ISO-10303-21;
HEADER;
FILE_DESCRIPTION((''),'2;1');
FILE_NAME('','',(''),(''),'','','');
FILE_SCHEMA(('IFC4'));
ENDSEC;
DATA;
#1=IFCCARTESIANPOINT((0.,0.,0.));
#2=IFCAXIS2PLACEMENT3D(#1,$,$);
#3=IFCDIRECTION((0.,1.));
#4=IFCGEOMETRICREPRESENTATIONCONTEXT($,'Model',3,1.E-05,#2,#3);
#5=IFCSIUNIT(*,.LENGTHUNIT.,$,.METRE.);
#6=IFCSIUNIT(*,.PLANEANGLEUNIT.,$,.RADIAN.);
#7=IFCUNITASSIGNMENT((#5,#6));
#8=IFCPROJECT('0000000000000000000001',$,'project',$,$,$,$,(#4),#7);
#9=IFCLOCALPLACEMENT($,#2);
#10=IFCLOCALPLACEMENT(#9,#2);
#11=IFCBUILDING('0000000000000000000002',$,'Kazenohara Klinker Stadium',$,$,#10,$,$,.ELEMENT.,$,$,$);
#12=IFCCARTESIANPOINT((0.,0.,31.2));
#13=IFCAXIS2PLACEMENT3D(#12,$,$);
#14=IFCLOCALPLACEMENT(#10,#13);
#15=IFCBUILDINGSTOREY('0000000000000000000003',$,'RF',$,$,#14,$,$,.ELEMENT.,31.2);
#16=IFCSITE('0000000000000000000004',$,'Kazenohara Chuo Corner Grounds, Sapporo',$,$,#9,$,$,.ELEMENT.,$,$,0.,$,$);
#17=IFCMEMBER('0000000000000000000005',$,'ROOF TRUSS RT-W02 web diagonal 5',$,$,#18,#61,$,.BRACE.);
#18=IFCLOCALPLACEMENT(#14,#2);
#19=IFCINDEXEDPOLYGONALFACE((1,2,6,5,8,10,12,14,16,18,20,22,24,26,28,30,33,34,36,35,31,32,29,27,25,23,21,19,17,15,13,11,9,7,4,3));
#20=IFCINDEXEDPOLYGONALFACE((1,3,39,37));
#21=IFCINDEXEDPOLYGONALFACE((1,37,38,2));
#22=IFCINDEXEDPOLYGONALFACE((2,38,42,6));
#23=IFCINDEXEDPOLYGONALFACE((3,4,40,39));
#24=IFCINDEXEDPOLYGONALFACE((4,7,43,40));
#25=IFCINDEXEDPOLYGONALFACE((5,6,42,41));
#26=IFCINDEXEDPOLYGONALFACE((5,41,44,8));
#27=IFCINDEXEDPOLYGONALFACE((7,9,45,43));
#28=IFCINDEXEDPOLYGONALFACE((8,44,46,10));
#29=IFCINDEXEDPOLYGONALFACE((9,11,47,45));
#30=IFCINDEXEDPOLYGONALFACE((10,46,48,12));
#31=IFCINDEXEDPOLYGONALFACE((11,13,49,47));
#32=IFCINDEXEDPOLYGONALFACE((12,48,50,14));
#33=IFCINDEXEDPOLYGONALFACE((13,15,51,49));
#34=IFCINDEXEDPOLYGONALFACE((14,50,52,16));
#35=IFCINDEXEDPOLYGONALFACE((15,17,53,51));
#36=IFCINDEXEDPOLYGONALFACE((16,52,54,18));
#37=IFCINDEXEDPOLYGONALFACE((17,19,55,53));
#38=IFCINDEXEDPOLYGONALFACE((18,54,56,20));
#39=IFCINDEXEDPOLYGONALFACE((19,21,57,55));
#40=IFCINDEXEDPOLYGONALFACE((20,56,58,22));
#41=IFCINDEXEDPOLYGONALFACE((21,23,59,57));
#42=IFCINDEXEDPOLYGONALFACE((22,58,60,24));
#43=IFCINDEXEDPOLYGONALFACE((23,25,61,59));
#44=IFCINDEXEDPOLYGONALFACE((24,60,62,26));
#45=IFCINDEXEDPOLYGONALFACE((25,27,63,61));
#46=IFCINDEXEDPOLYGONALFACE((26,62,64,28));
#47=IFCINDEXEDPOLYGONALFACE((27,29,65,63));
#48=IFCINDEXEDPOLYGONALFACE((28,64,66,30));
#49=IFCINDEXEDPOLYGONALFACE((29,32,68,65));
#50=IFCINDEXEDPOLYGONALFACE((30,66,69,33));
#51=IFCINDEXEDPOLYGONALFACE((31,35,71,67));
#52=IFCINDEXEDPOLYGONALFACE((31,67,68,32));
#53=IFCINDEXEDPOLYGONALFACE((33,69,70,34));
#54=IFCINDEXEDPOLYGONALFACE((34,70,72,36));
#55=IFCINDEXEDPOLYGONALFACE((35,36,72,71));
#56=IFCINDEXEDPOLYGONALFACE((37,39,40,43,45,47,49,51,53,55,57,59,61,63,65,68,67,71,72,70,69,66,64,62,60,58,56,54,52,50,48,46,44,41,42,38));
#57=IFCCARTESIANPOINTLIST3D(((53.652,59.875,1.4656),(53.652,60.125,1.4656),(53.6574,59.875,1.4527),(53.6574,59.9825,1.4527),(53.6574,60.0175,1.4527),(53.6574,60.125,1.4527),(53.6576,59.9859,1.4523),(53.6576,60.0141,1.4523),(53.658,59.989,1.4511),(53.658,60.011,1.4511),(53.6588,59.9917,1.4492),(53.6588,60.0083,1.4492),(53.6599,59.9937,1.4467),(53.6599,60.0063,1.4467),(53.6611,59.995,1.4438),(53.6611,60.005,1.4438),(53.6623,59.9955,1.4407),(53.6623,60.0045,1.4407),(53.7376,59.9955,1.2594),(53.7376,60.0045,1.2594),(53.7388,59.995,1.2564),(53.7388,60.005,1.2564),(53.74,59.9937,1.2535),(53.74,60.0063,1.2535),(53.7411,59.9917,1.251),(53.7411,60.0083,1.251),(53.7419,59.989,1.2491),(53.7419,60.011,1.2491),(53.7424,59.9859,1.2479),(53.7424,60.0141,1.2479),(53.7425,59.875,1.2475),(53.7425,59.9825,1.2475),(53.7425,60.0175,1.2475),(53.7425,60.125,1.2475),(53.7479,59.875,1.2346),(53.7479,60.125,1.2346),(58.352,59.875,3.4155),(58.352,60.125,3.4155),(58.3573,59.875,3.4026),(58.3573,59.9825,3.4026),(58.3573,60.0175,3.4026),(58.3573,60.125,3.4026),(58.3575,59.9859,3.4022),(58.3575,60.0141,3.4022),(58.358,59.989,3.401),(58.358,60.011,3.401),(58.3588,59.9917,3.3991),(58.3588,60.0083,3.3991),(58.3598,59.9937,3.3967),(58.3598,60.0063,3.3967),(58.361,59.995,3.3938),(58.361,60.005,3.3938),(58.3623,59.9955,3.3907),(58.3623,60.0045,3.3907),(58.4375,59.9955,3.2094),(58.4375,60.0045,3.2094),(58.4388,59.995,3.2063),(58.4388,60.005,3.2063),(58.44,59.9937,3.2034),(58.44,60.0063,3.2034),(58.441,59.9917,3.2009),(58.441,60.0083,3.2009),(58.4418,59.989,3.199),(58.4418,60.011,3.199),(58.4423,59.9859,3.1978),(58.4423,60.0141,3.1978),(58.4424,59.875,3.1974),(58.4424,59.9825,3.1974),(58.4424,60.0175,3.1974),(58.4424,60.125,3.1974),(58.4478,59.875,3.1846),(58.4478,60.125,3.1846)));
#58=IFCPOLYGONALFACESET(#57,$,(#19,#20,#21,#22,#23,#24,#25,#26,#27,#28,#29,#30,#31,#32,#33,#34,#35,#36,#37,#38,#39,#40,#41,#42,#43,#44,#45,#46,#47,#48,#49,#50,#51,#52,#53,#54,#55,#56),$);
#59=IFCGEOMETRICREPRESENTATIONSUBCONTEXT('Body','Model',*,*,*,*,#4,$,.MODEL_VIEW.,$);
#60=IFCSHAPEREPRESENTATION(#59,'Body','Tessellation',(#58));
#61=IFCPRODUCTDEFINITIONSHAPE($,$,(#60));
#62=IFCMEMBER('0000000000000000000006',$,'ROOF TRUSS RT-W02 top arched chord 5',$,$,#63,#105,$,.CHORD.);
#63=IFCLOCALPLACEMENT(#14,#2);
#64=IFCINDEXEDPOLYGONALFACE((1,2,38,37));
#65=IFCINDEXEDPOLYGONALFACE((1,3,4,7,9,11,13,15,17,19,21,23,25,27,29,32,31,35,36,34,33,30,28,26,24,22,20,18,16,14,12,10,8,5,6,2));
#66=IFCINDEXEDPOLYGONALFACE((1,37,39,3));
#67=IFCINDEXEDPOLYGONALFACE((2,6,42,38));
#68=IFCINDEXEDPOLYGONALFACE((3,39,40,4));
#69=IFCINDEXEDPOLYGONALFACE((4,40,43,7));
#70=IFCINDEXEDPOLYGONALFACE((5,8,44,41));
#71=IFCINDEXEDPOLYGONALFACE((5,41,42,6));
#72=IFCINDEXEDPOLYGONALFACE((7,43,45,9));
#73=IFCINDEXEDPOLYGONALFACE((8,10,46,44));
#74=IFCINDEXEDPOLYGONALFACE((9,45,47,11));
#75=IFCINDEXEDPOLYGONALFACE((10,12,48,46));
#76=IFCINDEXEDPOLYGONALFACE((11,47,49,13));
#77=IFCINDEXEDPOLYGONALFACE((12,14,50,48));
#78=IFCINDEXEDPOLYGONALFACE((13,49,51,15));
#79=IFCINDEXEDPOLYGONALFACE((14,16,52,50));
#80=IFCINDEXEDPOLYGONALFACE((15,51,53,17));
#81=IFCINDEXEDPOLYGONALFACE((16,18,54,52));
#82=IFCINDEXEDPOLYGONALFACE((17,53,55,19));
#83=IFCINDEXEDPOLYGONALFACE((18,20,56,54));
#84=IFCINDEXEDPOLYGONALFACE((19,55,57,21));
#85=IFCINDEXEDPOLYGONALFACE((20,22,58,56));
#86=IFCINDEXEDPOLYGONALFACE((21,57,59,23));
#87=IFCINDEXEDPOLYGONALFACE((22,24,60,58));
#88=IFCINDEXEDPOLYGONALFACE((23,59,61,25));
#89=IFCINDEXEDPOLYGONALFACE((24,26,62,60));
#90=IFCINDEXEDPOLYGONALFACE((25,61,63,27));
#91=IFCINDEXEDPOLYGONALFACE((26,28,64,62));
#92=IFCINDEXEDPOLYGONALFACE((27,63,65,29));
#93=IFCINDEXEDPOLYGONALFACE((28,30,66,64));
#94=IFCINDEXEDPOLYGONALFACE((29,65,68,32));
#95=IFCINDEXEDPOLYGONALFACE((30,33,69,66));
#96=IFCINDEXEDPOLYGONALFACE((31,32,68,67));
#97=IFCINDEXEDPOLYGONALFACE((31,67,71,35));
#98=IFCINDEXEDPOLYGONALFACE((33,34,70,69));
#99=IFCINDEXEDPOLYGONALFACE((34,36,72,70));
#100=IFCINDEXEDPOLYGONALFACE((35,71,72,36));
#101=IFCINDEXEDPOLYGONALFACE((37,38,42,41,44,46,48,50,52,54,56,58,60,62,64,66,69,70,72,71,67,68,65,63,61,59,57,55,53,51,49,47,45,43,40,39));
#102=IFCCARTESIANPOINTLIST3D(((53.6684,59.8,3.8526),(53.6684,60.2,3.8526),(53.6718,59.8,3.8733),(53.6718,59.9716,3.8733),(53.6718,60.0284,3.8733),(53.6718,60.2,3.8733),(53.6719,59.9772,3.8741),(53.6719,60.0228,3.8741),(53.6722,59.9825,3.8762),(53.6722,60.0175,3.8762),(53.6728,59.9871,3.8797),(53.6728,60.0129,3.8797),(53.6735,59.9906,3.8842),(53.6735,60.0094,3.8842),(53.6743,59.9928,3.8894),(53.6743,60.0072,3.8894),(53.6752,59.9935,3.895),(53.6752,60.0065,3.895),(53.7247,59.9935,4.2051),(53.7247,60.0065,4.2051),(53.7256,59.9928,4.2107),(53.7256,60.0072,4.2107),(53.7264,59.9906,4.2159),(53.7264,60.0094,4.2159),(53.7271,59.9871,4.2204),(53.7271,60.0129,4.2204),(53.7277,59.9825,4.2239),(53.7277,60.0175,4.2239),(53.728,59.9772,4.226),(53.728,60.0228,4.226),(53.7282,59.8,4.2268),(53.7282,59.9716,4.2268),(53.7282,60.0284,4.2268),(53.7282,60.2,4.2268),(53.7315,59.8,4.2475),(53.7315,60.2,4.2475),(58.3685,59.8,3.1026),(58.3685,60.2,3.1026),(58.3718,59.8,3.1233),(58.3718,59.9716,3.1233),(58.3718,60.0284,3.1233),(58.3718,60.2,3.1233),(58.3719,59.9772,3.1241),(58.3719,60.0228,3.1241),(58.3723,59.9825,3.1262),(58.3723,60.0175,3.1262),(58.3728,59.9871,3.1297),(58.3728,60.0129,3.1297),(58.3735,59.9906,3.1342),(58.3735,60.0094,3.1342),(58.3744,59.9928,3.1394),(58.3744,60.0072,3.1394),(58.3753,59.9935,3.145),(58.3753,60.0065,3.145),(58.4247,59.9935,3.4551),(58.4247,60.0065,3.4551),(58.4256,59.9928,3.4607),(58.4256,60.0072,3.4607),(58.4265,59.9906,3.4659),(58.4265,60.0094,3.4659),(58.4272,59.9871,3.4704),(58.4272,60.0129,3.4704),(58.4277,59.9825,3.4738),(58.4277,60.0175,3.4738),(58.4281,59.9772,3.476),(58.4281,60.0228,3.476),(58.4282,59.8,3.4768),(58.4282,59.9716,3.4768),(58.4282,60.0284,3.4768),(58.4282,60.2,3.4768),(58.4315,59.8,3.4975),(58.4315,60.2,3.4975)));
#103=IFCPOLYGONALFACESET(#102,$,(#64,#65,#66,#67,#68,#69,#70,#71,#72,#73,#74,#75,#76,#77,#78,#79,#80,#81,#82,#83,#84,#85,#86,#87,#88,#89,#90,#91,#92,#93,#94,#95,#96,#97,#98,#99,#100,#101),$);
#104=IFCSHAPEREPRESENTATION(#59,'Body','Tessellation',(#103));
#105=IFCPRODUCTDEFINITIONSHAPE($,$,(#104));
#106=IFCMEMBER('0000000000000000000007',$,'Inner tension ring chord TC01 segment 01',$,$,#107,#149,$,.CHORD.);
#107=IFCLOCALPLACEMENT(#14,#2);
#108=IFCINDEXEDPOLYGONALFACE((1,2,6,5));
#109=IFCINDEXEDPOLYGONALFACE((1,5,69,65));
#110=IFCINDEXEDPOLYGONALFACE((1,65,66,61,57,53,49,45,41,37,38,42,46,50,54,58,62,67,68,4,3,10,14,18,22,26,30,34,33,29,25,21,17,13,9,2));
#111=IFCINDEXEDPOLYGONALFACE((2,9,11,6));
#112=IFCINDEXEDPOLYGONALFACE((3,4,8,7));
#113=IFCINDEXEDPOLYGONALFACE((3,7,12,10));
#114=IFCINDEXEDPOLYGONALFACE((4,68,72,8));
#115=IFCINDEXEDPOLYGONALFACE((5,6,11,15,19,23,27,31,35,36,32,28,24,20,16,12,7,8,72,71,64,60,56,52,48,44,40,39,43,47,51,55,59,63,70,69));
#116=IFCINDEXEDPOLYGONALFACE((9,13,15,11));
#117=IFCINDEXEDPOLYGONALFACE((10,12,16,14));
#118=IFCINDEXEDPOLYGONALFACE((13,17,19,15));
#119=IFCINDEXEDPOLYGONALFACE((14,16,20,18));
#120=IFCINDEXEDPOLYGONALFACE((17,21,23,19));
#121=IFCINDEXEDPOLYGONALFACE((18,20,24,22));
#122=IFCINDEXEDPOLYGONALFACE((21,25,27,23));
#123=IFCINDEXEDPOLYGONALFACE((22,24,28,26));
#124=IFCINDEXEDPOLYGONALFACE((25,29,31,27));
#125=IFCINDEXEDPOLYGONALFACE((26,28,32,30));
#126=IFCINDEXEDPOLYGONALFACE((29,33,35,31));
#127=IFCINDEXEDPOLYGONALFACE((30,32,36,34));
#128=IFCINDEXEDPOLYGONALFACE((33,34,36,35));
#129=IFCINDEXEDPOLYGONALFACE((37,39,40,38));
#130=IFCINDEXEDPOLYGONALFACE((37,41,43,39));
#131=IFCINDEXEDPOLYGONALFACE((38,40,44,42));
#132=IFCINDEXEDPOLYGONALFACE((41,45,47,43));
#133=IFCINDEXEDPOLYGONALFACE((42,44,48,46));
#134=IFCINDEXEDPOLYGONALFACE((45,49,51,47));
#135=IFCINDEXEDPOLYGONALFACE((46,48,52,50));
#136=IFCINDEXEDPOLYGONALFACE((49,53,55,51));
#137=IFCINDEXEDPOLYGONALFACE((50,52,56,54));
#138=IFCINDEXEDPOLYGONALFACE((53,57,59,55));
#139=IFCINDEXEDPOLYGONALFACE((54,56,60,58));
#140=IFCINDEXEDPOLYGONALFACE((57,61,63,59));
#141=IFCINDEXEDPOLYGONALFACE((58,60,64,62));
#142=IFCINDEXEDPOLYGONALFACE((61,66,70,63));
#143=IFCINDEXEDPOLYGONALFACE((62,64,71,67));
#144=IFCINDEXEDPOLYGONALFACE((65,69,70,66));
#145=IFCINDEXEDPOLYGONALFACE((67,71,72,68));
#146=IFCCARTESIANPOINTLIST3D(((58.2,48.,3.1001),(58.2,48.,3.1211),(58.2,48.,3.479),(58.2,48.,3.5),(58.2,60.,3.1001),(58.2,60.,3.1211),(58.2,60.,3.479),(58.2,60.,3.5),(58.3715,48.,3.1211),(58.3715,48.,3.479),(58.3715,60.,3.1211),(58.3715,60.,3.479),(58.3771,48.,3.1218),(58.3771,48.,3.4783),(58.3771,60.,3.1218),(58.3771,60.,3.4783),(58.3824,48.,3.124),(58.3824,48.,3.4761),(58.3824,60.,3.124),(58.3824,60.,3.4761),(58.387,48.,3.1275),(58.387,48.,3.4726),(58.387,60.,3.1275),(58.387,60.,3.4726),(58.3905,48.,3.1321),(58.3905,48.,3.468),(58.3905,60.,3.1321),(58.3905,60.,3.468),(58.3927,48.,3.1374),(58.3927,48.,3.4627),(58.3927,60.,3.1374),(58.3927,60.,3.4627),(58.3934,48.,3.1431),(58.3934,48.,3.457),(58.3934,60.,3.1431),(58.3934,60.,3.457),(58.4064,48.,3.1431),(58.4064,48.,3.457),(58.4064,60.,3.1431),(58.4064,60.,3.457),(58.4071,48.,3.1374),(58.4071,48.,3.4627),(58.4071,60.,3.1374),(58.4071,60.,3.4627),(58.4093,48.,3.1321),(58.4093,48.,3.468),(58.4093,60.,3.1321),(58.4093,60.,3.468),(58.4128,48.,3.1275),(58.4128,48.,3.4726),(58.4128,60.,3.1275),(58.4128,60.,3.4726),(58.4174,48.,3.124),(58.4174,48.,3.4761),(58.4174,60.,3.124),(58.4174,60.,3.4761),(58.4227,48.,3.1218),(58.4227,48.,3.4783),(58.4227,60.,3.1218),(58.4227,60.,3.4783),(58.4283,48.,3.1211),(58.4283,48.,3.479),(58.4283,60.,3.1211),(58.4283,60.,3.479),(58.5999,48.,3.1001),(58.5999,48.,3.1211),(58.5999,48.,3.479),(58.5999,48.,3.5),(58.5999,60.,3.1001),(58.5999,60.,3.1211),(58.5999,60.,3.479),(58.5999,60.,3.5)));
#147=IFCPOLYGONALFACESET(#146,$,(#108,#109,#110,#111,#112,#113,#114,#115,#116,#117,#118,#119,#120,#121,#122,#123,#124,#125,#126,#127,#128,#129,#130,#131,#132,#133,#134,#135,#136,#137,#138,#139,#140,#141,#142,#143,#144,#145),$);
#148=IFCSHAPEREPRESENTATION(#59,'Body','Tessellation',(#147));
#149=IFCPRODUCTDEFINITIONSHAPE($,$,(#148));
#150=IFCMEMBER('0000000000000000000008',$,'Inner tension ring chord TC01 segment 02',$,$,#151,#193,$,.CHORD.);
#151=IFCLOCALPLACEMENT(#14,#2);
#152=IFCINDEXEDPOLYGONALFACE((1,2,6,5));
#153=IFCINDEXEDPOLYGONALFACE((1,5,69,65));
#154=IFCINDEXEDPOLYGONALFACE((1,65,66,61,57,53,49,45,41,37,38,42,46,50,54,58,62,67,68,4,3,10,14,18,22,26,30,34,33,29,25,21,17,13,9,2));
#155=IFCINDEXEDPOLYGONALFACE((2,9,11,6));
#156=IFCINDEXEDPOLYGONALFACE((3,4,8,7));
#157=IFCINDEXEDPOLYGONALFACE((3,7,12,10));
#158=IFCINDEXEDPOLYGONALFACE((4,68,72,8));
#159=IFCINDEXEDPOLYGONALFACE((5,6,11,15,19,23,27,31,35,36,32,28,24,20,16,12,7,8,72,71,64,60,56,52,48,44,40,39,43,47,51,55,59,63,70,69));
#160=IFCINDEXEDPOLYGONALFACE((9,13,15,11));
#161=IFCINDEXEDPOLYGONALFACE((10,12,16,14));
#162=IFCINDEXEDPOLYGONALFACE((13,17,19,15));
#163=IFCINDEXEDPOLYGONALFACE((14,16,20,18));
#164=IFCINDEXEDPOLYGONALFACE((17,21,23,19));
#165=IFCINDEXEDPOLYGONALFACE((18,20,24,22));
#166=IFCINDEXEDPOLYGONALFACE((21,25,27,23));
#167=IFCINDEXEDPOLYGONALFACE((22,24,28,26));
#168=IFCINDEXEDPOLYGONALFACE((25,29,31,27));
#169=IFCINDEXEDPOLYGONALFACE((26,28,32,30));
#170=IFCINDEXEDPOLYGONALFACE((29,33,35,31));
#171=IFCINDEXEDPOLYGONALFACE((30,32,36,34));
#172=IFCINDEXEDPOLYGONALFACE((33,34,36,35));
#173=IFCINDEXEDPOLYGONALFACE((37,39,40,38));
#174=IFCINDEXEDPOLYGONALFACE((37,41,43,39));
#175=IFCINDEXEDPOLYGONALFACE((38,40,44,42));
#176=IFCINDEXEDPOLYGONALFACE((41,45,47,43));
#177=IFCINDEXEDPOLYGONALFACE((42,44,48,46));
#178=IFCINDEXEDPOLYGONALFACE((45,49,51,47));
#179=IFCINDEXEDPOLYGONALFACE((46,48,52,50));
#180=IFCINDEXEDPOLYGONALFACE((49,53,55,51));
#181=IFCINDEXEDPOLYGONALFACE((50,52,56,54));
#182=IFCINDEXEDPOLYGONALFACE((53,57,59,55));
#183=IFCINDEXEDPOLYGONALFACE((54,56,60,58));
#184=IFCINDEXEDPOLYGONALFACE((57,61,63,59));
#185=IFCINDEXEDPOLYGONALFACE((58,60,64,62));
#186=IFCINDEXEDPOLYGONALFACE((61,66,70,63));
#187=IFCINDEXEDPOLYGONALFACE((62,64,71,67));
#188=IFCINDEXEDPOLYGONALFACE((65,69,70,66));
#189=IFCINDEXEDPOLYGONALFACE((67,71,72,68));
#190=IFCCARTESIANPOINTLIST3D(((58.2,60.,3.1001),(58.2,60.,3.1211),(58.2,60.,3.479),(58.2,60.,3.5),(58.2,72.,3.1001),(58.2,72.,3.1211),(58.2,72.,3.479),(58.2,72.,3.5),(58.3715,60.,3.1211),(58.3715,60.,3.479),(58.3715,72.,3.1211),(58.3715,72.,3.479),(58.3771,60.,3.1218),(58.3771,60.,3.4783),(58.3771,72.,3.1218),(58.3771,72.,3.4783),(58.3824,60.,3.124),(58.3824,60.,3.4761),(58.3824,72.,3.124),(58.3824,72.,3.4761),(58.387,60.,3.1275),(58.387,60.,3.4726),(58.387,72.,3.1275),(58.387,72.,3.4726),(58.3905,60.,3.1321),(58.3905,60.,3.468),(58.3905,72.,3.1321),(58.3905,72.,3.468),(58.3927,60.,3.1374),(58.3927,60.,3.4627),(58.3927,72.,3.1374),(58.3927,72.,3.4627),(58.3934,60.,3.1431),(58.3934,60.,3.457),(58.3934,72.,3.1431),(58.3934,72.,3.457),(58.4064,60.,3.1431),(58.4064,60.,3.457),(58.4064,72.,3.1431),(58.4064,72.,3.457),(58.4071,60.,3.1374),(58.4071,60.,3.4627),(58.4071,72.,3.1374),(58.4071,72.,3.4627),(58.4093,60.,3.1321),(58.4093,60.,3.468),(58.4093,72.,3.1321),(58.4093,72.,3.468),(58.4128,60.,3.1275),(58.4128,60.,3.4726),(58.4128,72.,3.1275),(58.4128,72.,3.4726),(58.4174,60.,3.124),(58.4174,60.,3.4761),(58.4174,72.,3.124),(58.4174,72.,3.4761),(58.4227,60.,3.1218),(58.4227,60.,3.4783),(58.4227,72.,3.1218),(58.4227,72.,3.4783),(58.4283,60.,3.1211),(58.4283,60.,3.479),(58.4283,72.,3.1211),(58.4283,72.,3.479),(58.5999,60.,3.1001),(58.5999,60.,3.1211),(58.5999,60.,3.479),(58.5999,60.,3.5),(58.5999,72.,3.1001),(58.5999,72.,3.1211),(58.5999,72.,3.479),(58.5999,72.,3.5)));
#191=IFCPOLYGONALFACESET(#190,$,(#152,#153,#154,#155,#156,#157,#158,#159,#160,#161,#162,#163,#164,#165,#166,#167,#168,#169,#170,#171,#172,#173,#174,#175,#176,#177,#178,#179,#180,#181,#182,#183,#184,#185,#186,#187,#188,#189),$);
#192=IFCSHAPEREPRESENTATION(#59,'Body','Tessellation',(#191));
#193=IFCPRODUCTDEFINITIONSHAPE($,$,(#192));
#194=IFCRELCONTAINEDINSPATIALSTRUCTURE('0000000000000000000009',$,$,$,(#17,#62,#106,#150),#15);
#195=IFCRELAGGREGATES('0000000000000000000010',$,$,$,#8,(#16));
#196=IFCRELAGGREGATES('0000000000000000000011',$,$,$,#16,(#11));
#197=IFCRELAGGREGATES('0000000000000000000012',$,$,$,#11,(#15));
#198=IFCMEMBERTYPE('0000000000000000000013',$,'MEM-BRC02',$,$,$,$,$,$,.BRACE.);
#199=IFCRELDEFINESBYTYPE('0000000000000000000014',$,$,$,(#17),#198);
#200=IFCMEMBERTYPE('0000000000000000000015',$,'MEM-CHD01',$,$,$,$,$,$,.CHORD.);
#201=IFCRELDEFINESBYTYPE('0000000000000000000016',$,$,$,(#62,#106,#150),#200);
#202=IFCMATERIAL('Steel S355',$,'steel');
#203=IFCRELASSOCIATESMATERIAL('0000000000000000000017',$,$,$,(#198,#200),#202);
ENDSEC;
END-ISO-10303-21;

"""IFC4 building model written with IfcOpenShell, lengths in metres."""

from ifc_helpers import new_model, si_unit, direction, frame, origin, origin_2d, place, context, subcontext, project, spatial, i_section, extrude, material, material_profile, profile_set, type_object, element, save


model = new_model("IFC4")

# Units and contexts
model_context = context("Model", 3, precision=1e-05, world=origin(), true_north=direction((0.0, 1.0)))
body_context = subcontext(model_context, "Body", "Model", "MODEL_VIEW")
ifc_project = project(units=[si_unit("LENGTHUNIT", "METRE"), si_unit("PLANEANGLEUNIT", "RADIAN")], contexts=[model_context])

# Site, building, storey
site_placement = place(None, origin())
site = spatial("IfcSite", under=ifc_project, at=site_placement, Name="Kazenohara Chuo Corner Grounds, Sapporo", CompositionType="ELEMENT", RefElevation=0.0)
building_placement = place(site_placement, origin())
building = spatial("IfcBuilding", under=site, at=building_placement, Name="Kazenohara Klinker Stadium", CompositionType="ELEMENT")
storey_placement = place(building_placement, frame((0.0, 0.0, 31.2)))
storey = spatial("IfcBuildingStorey", under=building, at=storey_placement, Name="RF", CompositionType="ELEMENT", Elevation=31.2)

# Members
ifc_material_1 = material(Name="Steel S355", Category="steel")
ifc_material_profile_1 = material_profile(ifc_material_1, i_section(OverallWidth=0.25, OverallDepth=0.25, WebThickness=0.009, FlangeThickness=0.0139, FilletRadius=0.0129, at=origin_2d()), Name="H-250x250x9x14")
ifc_profile_set_1 = profile_set([ifc_material_profile_1], Name="Steel S355")
member_type_1 = type_object("IfcMemberType", Name="MEM-BRC02", PredefinedType="BRACE", material=ifc_profile_set_1)
member_1_placement = place(storey_placement, frame((53.7, 60.0, 1.3501), z_axis=(0.923659, 0.0, 0.383215), x_axis=(0.0, 1.0, 0.0)))
element("IfcMember", 1, at=member_1_placement, inside=storey, type_object=member_type_1, Name="ROOF TRUSS RT-W02 web diagonal 5", PredefinedType="BRACE", context=body_context, shape_type="SweptSolid", body=[
    extrude(i_section(OverallWidth=0.25, OverallDepth=0.25, WebThickness=0.009, FlangeThickness=0.0139, FilletRadius=0.0129, at=origin_2d()), origin(), (0.0, 0.0, 1.0), 5.0884),
])
ifc_material_profile_2 = material_profile(ifc_material_1, i_section(OverallWidth=0.3999, OverallDepth=0.3999, WebThickness=0.0129, FlangeThickness=0.021, FilletRadius=0.022, at=origin_2d()), Name="H-400x400x13x21")
ifc_profile_set_2 = profile_set([ifc_material_profile_2], Name="Steel S355")
member_type_2 = type_object("IfcMemberType", Name="MEM-CHD01", PredefinedType="CHORD", material=ifc_profile_set_2)
member_2_placement = place(storey_placement, frame((53.7, 60.0, 4.05), z_axis=(0.987506, 0.0, -0.157582), x_axis=(0.0, 1.0, 0.0)))
element("IfcMember", 2, at=member_2_placement, inside=storey, type_object=member_type_2, Name="ROOF TRUSS RT-W02 top arched chord 5", PredefinedType="CHORD", context=body_context, shape_type="SweptSolid", body=[
    extrude(i_section(OverallWidth=0.3999, OverallDepth=0.3999, WebThickness=0.0129, FlangeThickness=0.021, FilletRadius=0.022, at=origin_2d()), origin(), (0.0, 0.0, 1.0), 4.7595),
])
for number, where, z_axis, x_axis, name in (
    (3, (58.3999, 48.0, 3.3), (0.0, 1.0, 0.0), (-1.0, 0.0, 0.0), "Inner tension ring chord TC01 segment 01"),
    (4, (58.3999, 60.0, 3.3), (0.0, 1.0, 0.0), (-1.0, 0.0, 0.0), "Inner tension ring chord TC01 segment 02"),
):
    element("IfcMember", number, at=place(storey_placement, frame(where, z_axis=z_axis, x_axis=x_axis)), inside=storey, type_object=member_type_2, Name=name, PredefinedType="CHORD", context=body_context, shape_type="SweptSolid", body=[
        extrude(i_section(OverallWidth=0.3999, OverallDepth=0.3999, WebThickness=0.0129, FlangeThickness=0.021, FilletRadius=0.022, at=origin_2d()), origin(), (0.0, 0.0, 1.0), 12.0),
    ])

save(model, "model.ifc")
